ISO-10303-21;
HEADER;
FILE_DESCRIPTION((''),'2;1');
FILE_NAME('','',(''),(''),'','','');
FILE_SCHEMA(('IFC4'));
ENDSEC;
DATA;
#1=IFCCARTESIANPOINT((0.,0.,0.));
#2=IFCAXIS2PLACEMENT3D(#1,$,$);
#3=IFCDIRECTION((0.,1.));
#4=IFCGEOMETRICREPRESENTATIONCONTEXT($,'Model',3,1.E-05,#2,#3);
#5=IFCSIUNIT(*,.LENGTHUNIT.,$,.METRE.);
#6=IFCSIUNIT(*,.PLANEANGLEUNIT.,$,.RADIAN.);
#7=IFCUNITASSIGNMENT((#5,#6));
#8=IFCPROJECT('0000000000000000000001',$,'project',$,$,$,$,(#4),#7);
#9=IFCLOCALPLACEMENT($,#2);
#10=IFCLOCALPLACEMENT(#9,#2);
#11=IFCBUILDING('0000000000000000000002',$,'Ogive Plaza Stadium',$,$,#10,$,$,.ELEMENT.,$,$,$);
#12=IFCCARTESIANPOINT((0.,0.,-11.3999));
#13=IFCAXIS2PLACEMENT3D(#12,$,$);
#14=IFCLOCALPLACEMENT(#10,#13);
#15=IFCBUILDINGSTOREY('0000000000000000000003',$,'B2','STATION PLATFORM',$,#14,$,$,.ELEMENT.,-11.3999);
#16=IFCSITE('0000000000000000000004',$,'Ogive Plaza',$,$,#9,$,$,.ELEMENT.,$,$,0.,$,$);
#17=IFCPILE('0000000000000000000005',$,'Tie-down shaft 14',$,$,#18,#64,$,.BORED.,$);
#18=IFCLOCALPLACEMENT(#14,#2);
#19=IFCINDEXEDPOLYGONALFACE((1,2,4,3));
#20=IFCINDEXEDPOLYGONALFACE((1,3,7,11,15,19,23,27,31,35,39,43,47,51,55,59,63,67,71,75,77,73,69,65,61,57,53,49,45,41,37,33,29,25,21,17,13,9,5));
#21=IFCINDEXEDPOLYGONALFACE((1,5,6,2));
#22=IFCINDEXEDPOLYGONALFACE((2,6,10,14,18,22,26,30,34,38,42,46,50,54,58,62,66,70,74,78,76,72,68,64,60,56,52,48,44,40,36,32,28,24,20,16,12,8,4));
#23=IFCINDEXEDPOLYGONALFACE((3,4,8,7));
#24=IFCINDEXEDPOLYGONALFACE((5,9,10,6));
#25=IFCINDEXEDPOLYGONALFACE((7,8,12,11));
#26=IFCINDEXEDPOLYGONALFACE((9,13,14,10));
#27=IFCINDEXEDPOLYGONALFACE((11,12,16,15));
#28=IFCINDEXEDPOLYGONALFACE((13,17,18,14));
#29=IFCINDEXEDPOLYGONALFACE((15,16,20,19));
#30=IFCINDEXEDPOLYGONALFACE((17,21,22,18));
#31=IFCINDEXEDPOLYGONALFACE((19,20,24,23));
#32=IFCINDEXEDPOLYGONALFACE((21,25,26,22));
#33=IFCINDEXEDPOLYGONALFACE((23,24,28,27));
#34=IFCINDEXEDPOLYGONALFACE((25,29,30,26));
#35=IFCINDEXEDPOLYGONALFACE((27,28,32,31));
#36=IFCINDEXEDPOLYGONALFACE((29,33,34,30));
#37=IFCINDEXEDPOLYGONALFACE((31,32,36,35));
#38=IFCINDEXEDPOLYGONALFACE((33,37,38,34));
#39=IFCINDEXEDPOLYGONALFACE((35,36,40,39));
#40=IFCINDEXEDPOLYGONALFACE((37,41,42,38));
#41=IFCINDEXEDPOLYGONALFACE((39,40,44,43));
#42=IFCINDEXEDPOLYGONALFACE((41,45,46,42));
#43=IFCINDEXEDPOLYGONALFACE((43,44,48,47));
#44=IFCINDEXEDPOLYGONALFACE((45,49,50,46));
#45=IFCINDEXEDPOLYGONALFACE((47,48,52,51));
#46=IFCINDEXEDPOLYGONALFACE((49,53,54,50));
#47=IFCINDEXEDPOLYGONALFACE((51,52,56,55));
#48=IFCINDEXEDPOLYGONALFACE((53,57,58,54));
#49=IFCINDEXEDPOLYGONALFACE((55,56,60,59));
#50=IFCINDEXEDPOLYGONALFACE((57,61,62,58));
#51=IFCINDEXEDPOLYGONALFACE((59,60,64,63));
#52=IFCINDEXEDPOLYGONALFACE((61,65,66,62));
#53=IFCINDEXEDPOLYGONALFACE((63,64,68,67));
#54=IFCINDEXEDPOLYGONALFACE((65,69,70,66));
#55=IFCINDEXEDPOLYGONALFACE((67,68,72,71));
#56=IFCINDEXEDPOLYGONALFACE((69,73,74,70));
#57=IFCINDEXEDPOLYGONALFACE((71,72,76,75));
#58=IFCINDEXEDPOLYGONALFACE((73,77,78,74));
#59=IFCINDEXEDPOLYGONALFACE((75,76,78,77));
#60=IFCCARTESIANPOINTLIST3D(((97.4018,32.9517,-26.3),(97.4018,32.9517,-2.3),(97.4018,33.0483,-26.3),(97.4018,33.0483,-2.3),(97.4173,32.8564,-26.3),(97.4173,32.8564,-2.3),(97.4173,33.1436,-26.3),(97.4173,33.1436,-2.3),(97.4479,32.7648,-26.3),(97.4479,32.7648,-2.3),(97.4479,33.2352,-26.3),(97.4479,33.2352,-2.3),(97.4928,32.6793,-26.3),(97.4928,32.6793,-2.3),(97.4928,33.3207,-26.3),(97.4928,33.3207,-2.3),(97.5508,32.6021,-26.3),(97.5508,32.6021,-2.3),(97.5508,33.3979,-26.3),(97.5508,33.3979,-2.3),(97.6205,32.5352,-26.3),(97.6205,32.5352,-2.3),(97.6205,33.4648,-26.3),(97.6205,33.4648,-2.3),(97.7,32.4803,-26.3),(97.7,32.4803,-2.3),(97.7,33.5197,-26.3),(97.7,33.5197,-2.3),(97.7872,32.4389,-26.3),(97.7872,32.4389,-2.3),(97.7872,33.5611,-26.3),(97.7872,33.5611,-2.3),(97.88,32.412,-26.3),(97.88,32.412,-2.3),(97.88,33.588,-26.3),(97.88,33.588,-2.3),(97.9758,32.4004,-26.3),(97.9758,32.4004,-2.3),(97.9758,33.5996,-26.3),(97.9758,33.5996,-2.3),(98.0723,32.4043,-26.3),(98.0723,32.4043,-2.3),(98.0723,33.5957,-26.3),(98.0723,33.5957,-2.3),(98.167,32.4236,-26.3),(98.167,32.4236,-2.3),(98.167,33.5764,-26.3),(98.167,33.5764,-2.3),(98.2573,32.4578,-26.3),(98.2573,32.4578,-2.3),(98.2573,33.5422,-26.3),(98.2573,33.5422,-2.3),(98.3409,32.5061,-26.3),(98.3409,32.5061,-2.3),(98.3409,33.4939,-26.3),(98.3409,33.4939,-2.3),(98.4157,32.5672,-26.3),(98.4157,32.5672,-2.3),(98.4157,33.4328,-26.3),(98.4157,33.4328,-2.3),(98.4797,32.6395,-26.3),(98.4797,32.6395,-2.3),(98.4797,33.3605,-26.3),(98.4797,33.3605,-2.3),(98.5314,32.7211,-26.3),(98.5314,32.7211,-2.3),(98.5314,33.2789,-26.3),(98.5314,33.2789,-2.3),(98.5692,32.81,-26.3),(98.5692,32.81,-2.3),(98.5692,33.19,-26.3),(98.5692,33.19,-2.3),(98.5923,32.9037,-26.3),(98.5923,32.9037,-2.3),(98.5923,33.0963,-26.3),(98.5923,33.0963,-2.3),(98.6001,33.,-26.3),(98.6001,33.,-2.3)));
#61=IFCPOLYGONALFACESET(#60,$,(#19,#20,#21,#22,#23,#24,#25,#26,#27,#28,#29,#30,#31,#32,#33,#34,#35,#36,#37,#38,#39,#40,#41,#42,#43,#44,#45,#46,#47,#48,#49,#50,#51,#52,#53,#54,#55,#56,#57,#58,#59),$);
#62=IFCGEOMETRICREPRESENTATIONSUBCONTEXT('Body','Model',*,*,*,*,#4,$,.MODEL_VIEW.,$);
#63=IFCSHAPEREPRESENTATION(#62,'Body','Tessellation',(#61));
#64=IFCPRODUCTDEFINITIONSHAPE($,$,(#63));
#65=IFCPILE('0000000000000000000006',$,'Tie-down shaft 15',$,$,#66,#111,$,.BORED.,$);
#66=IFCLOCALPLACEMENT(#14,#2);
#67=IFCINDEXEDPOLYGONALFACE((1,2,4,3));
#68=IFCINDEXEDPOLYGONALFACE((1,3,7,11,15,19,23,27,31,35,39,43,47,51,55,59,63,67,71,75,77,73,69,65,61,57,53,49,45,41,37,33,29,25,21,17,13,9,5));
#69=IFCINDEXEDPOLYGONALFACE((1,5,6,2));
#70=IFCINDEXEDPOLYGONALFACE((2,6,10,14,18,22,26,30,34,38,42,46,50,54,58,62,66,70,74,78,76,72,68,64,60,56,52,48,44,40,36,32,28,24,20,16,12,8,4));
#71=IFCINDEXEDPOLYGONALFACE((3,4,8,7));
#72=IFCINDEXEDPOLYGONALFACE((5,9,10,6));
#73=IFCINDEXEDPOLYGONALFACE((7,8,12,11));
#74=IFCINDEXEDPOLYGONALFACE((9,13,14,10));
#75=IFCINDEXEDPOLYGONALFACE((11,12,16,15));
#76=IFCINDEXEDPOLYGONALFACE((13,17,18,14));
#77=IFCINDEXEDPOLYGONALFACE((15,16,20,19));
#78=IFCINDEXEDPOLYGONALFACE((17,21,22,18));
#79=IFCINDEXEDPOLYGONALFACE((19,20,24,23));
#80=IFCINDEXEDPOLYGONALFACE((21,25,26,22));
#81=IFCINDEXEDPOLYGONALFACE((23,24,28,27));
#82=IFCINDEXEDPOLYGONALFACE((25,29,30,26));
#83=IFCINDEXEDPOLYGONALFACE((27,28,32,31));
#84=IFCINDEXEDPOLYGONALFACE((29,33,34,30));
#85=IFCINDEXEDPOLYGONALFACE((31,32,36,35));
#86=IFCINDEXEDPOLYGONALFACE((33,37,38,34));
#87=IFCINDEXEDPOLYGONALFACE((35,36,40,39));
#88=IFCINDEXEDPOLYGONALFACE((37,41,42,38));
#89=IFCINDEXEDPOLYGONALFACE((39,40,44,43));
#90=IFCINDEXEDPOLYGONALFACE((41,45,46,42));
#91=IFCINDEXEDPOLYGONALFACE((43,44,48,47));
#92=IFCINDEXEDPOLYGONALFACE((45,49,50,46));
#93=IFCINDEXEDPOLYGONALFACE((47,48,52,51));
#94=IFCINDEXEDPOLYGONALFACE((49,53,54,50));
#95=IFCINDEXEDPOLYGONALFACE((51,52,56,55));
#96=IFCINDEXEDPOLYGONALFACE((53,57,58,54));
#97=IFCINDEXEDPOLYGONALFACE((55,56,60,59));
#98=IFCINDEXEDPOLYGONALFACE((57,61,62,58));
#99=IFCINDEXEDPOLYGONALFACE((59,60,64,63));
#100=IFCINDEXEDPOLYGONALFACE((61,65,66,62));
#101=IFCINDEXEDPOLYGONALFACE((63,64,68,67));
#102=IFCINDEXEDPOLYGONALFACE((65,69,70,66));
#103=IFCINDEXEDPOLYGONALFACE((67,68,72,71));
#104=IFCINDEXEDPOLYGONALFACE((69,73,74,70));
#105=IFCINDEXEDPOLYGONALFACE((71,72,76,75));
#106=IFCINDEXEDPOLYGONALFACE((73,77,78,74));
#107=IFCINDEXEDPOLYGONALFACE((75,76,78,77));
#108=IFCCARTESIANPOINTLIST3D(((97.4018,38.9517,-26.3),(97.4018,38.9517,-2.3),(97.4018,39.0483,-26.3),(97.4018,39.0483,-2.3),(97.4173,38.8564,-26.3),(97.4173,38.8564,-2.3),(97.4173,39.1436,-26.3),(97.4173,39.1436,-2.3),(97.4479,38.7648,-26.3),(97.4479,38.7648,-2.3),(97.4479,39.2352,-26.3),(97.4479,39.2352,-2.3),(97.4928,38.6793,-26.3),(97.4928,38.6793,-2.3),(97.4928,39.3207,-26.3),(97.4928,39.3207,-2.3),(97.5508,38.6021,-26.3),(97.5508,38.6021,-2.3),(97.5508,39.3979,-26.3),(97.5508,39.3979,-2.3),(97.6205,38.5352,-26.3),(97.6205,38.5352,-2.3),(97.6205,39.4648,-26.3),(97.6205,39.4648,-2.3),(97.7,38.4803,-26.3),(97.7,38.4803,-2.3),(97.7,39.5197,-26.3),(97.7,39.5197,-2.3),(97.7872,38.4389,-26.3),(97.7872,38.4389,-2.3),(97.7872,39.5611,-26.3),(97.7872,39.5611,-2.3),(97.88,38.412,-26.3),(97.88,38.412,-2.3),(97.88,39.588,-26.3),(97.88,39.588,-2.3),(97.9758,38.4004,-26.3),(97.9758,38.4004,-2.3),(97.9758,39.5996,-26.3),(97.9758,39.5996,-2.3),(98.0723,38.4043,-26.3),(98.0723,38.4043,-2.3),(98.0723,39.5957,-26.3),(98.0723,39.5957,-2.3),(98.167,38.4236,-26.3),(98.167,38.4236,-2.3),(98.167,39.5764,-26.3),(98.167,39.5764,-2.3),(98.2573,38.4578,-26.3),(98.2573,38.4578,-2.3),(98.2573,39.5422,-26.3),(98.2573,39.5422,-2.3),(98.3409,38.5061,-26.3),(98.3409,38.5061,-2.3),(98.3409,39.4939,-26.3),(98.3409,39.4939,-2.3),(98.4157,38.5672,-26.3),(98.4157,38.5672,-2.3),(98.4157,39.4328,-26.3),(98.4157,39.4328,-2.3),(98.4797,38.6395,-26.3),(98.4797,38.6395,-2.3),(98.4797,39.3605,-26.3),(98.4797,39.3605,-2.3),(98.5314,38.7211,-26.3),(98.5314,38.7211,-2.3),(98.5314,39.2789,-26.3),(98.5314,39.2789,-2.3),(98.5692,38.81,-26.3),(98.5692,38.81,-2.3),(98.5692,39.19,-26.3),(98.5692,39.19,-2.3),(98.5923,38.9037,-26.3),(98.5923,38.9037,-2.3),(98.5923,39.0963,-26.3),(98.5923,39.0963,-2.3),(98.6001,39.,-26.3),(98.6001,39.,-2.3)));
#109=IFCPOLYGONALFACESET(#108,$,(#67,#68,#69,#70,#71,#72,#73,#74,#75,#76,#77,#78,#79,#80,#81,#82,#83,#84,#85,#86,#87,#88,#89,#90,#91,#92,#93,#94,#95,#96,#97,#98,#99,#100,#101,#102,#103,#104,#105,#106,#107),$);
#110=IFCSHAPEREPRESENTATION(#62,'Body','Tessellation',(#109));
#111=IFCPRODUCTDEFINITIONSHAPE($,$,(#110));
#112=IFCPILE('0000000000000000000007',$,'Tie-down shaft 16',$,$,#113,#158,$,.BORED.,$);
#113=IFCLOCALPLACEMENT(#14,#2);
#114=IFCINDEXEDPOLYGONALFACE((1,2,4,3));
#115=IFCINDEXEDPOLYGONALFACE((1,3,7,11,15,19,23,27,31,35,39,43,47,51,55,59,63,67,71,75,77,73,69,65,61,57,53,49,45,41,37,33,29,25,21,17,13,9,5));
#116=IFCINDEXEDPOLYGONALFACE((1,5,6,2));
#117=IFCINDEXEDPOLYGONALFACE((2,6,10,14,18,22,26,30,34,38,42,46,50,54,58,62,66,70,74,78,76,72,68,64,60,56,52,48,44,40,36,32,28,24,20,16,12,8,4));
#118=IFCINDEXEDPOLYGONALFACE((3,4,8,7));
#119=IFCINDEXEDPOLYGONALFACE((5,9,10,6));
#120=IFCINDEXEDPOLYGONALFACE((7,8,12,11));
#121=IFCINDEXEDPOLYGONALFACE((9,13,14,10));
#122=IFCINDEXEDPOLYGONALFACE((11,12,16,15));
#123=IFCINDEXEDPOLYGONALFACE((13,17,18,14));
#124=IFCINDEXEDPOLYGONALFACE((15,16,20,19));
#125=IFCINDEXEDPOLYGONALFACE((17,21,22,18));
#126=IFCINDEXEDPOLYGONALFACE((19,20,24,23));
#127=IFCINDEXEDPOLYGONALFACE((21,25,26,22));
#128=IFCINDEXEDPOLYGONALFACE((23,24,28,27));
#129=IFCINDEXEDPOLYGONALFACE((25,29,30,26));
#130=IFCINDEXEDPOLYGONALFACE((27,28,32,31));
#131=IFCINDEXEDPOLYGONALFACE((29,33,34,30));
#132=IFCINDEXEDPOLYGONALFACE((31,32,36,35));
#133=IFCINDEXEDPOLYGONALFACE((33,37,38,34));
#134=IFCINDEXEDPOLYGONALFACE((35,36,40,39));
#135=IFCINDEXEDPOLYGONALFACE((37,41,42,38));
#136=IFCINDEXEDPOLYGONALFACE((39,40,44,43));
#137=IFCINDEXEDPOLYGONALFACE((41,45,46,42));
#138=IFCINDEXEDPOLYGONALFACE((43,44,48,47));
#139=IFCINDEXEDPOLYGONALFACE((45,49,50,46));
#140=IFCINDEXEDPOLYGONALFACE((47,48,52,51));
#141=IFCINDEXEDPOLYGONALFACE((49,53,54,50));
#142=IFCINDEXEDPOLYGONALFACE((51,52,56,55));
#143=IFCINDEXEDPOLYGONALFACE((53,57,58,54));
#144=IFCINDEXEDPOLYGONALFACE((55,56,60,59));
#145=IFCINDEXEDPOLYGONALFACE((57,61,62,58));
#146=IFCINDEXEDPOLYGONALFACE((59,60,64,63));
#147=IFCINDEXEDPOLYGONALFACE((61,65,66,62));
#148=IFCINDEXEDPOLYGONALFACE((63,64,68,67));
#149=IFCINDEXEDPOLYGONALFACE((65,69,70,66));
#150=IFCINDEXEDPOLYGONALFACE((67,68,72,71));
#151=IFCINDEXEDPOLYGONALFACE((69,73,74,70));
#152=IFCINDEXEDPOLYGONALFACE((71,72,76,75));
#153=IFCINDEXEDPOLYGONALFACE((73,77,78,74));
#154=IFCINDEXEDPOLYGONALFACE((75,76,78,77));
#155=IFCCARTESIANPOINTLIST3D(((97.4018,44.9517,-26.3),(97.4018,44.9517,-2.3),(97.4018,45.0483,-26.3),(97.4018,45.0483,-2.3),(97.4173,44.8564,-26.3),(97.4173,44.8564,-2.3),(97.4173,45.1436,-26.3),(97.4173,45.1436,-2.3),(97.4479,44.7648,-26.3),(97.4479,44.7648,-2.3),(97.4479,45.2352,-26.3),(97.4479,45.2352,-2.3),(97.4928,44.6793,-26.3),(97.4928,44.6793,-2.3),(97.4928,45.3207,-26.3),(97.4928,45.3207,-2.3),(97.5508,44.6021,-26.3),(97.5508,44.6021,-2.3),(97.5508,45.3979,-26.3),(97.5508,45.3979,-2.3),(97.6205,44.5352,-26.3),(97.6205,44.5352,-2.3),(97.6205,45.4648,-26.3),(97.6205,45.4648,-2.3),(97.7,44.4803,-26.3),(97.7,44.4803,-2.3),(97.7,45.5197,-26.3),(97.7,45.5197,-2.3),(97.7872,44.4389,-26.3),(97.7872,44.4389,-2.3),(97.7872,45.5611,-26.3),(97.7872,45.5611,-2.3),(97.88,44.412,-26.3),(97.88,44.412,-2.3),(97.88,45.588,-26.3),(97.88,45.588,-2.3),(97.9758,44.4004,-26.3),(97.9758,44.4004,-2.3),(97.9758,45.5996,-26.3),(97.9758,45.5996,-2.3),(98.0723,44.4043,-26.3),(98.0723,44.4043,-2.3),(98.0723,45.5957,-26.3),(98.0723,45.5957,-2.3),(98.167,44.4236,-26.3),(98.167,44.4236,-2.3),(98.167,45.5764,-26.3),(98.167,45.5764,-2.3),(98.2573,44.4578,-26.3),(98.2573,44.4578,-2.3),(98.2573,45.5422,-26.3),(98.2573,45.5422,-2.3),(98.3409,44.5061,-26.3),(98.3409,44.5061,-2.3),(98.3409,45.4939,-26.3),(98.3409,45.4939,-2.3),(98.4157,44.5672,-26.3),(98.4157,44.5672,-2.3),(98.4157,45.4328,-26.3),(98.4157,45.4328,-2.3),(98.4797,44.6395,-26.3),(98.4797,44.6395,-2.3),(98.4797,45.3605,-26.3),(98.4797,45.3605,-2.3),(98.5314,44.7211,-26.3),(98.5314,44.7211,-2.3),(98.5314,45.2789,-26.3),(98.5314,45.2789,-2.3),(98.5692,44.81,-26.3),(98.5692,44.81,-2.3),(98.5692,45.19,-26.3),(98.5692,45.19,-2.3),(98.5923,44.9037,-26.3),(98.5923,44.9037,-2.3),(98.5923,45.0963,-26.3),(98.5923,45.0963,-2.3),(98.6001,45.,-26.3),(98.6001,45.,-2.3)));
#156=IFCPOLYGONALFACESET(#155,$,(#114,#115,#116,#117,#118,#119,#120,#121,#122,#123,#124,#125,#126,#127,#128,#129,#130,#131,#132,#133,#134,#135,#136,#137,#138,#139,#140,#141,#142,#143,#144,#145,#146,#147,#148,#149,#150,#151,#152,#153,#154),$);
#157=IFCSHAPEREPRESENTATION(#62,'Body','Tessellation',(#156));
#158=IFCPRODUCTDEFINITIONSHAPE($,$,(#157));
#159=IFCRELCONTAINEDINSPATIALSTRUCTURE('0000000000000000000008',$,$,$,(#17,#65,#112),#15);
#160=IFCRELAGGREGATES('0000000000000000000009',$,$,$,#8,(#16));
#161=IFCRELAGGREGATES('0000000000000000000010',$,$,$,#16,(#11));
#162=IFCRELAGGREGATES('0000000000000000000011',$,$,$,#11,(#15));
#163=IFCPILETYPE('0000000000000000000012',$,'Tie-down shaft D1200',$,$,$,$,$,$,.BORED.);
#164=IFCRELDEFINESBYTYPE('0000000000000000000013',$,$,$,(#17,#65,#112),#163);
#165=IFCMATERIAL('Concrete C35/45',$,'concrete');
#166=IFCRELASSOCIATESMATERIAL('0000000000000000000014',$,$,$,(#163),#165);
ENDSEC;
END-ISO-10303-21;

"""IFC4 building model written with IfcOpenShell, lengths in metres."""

from ifc_helpers import new_model, si_unit, direction, frame, origin, origin_2d, place, context, subcontext, project, spatial, circle, extrude, material, material_profile, profile_set, type_object, element, save


model = new_model("IFC4")

# Units and contexts
model_context = context("Model", 3, precision=1e-05, world=origin(), true_north=direction((0.0, 1.0)))
body_context = subcontext(model_context, "Body", "Model", "MODEL_VIEW")
ifc_project = project(units=[si_unit("LENGTHUNIT", "METRE"), si_unit("PLANEANGLEUNIT", "RADIAN")], contexts=[model_context])

# Site, building, storey
site_placement = place(None, origin())
site = spatial("IfcSite", under=ifc_project, at=site_placement, Name="Ogive Plaza", CompositionType="ELEMENT", RefElevation=0.0)
building_placement = place(site_placement, origin())
building = spatial("IfcBuilding", under=site, at=building_placement, Name="Ogive Plaza Stadium", CompositionType="ELEMENT")
storey_placement = place(building_placement, frame((0.0, 0.0, -11.3999)))
storey = spatial("IfcBuildingStorey", under=building, at=storey_placement, Name="B2", Description="STATION PLATFORM", CompositionType="ELEMENT", Elevation=-11.3999)

# Piles
ifc_material_1 = material(Name="Concrete C35/45", Category="concrete")
ifc_material_profile = material_profile(ifc_material_1, circle(Radius=0.6001, at=origin_2d()), Name="Tie-down shaft D1200")
ifc_profile_set = profile_set([ifc_material_profile], Name="Concrete C35/45")
pile_type = type_object("IfcPileType", Name="Tie-down shaft D1200", PredefinedType="BORED", material=ifc_profile_set)
for number, where, z_axis, x_axis, name in (
    (1, (98.0, 33.0, -2.3), (0.0, 0.0, -1.0), (1.0, 0.0, 0.0), "Tie-down shaft 14"),
    (2, (98.0, 39.0, -2.3), (0.0, 0.0, -1.0), (1.0, 0.0, 0.0), "Tie-down shaft 15"),
    (3, (98.0, 45.0, -2.3), (0.0, 0.0, -1.0), (1.0, 0.0, 0.0), "Tie-down shaft 16"),
):
    element("IfcPile", number, at=place(storey_placement, frame(where, z_axis=z_axis, x_axis=x_axis)), inside=storey, type_object=pile_type, Name=name, PredefinedType="BORED", context=body_context, shape_type="SweptSolid", body=[
        extrude(circle(Radius=0.6001, at=origin_2d()), origin(), (0.0, 0.0, 1.0), 24.0),
    ])

save(model, "model.ifc")
